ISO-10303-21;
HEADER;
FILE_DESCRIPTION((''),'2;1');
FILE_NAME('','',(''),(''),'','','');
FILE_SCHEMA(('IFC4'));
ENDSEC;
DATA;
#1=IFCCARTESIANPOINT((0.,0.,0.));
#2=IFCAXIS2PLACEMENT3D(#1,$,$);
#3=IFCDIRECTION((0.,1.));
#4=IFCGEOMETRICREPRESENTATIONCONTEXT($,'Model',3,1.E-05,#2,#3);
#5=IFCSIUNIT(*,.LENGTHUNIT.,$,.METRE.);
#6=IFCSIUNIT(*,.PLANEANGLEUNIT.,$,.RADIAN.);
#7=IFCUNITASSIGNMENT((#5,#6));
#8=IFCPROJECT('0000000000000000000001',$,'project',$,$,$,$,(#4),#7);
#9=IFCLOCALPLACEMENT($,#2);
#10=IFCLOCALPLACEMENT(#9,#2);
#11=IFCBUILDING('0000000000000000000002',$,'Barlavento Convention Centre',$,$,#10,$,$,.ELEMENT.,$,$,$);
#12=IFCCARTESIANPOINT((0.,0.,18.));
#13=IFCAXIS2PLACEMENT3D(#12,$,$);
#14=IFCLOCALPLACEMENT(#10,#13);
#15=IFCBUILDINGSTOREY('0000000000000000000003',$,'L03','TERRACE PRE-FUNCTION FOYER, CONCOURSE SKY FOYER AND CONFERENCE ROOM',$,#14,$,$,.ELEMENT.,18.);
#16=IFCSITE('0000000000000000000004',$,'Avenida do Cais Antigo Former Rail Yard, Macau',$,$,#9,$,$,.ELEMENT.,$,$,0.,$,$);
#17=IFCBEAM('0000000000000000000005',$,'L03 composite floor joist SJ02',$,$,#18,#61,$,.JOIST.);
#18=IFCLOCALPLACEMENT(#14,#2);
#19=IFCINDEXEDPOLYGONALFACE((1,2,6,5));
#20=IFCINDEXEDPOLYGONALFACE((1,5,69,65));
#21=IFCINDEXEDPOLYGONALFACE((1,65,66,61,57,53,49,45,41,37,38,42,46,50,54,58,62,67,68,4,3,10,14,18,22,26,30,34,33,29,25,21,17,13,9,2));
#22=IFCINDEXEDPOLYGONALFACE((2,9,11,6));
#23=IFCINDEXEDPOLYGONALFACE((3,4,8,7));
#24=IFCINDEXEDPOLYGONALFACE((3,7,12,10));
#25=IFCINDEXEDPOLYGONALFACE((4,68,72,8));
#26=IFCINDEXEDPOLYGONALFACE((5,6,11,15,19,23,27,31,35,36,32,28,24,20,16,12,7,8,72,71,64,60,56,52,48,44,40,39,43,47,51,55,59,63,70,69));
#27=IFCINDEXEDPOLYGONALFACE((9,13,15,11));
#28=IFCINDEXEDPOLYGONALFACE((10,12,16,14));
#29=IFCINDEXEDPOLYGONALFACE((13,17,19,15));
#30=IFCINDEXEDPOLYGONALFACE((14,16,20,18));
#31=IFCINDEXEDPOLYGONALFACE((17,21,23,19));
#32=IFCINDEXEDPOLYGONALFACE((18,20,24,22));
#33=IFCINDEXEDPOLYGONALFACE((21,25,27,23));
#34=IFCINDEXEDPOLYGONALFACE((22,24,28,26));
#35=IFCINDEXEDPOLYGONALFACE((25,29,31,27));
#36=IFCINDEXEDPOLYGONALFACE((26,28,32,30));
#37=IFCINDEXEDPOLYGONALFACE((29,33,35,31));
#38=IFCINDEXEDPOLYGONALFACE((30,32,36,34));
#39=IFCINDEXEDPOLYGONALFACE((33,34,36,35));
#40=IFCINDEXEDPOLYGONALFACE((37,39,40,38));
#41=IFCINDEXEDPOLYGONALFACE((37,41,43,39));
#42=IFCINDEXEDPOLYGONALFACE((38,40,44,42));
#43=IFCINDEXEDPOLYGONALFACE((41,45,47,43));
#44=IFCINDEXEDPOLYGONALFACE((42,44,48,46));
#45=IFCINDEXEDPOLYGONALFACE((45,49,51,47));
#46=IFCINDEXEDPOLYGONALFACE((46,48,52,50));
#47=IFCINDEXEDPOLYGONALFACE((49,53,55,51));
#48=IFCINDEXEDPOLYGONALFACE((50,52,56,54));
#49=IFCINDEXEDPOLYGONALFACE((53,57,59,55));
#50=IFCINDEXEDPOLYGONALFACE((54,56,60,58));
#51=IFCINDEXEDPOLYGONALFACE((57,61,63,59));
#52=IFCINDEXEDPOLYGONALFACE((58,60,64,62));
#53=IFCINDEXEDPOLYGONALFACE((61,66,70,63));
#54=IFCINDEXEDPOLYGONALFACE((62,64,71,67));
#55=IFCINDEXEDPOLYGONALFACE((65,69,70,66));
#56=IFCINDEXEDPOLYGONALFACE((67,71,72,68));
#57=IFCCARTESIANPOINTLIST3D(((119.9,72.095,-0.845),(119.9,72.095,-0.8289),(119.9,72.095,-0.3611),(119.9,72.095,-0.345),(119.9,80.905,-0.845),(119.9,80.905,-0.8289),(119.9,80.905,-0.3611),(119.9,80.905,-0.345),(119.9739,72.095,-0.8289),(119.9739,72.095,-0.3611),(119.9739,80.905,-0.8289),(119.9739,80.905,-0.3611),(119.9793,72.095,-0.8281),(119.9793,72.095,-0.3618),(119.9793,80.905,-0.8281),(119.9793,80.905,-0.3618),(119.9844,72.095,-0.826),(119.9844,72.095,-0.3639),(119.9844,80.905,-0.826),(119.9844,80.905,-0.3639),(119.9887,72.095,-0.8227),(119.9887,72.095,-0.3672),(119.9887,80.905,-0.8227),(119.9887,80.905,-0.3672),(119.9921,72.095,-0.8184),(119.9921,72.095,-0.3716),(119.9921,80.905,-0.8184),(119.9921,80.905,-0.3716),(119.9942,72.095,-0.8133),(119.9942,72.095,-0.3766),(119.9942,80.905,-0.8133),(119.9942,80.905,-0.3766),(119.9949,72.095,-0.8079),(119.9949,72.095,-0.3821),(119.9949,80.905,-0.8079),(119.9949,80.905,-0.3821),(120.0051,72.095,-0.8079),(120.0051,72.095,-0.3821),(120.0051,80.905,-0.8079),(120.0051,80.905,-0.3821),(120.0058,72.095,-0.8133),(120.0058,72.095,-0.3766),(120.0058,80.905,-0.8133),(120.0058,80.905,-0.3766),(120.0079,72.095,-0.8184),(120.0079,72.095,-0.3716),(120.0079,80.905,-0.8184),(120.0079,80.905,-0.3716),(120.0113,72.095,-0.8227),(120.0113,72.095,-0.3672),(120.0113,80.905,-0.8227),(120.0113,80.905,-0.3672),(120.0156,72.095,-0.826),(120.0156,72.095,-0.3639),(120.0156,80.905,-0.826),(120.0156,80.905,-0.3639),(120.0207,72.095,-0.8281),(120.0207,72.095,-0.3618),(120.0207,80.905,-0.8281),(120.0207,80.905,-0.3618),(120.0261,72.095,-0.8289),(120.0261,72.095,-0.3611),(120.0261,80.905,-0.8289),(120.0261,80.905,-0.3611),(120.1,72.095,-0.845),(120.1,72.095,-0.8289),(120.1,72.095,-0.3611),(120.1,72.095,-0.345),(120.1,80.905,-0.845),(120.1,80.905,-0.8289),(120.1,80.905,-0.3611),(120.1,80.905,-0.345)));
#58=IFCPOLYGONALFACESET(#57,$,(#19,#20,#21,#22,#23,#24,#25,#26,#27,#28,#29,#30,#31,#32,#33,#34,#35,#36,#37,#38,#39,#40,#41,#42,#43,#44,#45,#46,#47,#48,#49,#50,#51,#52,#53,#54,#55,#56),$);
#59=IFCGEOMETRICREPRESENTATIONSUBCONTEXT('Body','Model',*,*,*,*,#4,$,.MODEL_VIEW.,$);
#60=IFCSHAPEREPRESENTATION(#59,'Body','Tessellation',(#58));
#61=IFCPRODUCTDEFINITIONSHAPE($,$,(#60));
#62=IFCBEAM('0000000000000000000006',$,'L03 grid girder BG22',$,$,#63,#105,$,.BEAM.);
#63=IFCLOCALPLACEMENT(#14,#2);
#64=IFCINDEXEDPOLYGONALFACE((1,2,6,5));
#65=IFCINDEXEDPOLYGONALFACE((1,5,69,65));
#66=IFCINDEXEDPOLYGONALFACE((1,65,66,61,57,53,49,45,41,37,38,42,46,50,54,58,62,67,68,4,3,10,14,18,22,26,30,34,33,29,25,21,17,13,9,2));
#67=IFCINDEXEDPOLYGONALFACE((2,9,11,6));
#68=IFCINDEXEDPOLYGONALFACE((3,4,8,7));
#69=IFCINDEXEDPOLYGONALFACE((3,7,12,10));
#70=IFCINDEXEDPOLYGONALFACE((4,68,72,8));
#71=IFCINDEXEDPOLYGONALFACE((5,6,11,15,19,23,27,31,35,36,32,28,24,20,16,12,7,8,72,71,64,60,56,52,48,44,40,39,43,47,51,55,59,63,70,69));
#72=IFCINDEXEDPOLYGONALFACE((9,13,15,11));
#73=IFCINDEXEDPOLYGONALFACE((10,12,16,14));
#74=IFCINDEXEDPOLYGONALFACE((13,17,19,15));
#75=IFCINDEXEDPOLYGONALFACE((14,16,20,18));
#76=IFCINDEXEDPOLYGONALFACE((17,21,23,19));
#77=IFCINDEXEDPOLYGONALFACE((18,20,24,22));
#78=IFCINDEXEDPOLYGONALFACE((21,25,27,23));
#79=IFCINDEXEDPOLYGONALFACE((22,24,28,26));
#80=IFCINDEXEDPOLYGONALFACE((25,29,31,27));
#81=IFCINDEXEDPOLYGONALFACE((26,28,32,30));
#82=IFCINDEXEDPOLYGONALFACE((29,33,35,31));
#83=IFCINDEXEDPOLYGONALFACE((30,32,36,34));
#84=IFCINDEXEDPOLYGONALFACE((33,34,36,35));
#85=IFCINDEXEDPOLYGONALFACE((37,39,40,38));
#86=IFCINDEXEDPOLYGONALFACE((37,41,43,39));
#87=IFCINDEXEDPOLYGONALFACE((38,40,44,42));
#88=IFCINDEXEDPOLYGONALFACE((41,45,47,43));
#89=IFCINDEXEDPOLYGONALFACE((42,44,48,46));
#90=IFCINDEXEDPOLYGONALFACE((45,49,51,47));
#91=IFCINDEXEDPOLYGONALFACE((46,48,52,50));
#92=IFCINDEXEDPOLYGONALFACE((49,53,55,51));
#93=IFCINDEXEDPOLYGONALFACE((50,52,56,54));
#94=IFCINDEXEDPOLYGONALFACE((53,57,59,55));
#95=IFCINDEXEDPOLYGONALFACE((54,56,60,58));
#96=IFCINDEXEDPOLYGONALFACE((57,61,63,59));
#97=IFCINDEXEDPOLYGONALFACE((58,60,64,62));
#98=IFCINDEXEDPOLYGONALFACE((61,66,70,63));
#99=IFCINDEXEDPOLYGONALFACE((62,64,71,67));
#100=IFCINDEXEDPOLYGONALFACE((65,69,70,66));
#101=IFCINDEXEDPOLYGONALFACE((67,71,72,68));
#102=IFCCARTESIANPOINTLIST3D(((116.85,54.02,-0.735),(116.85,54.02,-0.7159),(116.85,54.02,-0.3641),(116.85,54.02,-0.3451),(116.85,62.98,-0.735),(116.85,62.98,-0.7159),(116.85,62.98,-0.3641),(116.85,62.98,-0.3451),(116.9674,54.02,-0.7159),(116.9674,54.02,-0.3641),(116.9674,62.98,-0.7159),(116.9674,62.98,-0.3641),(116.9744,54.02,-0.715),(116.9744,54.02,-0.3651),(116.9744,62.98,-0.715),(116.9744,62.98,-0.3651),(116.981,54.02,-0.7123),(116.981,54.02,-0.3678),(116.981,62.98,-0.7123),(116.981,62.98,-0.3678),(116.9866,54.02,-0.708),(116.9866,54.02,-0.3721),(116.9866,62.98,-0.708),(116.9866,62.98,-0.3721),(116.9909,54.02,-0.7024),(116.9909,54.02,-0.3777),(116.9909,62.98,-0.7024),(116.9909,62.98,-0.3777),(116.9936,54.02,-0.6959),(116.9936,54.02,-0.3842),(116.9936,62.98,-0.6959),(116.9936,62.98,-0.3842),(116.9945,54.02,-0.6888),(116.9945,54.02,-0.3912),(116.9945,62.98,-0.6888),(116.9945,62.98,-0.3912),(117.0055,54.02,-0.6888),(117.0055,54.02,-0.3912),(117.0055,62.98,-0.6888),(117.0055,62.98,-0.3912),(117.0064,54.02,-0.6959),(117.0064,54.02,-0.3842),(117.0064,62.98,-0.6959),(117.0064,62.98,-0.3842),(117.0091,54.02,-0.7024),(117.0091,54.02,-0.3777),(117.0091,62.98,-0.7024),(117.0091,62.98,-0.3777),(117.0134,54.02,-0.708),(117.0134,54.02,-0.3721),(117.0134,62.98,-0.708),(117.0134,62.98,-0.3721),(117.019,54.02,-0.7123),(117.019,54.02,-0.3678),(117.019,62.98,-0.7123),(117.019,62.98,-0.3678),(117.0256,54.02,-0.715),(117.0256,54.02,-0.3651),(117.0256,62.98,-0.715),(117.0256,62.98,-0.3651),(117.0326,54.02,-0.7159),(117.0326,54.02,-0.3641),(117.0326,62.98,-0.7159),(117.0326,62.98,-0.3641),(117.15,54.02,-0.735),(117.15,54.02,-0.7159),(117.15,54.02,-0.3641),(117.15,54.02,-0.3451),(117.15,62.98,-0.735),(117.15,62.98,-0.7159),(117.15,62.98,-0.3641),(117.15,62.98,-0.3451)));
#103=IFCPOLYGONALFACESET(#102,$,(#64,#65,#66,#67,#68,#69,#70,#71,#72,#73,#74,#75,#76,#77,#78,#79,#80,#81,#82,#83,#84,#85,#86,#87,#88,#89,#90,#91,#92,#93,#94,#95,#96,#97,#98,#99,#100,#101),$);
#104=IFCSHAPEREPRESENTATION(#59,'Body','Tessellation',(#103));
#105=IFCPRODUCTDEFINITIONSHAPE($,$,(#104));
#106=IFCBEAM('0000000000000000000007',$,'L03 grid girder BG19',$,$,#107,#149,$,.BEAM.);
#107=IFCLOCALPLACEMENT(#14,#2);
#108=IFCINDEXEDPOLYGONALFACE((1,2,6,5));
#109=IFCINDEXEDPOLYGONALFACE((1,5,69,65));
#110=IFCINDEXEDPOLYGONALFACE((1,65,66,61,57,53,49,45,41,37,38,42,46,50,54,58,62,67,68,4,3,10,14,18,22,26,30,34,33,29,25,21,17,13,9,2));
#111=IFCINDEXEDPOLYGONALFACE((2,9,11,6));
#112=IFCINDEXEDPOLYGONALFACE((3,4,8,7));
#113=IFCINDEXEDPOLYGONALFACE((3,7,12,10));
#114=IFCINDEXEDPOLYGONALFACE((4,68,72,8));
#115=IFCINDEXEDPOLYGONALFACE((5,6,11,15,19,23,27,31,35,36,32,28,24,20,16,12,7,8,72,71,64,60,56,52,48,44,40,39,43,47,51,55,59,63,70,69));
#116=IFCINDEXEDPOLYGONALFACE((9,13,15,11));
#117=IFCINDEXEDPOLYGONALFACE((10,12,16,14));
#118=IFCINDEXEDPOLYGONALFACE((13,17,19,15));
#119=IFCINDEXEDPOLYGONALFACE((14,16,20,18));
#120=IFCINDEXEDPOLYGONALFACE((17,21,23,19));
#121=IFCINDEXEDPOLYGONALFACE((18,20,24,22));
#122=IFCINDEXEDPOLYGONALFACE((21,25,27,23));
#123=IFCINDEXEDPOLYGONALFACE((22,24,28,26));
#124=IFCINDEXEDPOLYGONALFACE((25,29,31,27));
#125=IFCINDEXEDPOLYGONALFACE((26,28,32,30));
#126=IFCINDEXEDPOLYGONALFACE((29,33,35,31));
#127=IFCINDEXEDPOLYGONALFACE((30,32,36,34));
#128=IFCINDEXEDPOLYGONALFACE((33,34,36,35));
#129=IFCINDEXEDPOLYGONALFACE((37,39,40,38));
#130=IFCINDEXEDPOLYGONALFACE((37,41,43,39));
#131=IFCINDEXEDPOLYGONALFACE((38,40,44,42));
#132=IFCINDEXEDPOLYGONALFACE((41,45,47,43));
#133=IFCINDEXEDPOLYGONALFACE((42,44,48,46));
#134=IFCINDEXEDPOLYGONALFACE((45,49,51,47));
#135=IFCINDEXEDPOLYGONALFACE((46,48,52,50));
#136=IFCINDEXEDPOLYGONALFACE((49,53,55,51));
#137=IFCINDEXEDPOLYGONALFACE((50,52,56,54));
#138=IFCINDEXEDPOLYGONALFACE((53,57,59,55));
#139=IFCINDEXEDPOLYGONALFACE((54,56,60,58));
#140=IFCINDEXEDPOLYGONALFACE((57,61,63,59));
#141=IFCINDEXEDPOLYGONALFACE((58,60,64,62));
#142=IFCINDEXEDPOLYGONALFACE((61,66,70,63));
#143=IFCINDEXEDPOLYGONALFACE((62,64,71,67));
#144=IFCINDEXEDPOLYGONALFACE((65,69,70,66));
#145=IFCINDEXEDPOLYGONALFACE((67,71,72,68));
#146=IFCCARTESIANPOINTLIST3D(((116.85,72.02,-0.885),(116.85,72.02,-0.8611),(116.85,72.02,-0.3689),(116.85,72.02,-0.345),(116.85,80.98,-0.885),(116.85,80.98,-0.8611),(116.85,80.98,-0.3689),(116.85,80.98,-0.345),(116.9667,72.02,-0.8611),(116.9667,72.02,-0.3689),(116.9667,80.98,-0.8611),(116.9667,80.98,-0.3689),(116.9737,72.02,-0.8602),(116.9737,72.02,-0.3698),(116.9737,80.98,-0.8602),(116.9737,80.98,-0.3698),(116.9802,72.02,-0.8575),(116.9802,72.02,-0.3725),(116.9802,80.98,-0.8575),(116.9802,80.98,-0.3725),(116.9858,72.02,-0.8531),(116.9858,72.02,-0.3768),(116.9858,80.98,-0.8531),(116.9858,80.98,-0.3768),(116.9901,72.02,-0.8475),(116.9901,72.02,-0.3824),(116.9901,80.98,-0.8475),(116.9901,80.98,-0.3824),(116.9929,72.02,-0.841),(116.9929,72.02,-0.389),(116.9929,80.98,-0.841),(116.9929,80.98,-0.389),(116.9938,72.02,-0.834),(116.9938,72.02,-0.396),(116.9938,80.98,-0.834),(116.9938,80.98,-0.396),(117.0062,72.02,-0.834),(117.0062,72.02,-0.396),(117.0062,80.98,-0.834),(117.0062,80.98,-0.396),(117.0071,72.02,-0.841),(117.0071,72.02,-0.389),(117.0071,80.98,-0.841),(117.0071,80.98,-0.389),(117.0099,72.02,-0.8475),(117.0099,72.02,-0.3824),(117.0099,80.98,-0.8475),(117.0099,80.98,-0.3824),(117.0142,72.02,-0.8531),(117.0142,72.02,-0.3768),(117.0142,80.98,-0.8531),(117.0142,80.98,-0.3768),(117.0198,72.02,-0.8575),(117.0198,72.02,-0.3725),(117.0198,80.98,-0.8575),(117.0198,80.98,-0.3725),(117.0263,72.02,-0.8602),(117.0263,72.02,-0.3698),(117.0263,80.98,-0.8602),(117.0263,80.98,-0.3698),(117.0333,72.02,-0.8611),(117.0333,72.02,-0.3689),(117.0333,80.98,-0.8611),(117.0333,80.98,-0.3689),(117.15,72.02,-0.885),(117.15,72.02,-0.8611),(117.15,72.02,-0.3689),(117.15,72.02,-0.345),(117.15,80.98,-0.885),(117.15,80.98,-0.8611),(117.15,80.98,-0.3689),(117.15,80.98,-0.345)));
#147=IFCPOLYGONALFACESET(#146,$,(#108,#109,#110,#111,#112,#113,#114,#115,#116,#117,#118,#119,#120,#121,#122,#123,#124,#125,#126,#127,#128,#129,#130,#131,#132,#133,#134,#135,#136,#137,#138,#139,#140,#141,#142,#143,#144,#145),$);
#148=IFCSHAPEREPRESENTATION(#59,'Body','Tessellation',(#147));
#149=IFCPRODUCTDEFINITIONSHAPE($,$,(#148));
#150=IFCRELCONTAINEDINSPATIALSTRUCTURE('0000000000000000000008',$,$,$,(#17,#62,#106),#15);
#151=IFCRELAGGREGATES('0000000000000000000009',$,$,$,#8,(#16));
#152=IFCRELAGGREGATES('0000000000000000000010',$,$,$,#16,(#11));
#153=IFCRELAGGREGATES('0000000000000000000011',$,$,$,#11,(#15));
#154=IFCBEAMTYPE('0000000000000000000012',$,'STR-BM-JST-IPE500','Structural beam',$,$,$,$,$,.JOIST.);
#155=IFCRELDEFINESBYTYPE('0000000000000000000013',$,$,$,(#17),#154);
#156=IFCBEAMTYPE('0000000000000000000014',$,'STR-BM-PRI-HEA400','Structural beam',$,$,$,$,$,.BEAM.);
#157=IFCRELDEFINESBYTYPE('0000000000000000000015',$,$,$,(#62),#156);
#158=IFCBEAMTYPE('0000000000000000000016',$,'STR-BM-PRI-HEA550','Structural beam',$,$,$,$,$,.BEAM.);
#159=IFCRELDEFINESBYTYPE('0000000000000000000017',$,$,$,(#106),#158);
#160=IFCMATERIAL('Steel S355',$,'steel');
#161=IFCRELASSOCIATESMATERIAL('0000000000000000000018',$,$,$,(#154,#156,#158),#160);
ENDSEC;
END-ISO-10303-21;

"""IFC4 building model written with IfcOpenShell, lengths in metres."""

from ifc_helpers import new_model, si_unit, direction, frame, origin, origin_2d, place, context, subcontext, project, spatial, i_section, extrude, material, material_profile, profile_set, type_object, element, save


model = new_model("IFC4")

# Units and contexts
model_context = context("Model", 3, precision=1e-05, world=origin(), true_north=direction((0.0, 1.0)))
body_context = subcontext(model_context, "Body", "Model", "MODEL_VIEW")
ifc_project = project(units=[si_unit("LENGTHUNIT", "METRE"), si_unit("PLANEANGLEUNIT", "RADIAN")], contexts=[model_context])

# Site, building, storey
site_placement = place(None, origin())
site = spatial("IfcSite", under=ifc_project, at=site_placement, Name="Avenida do Cais Antigo Former Rail Yard, Macau", CompositionType="ELEMENT", RefElevation=0.0)
building_placement = place(site_placement, origin())
building = spatial("IfcBuilding", under=site, at=building_placement, Name="Barlavento Convention Centre", CompositionType="ELEMENT")
storey_placement = place(building_placement, frame((0.0, 0.0, 18.0)))
storey = spatial("IfcBuildingStorey", under=building, at=storey_placement, Name="L03", Description="TERRACE PRE-FUNCTION FOYER, CONCOURSE SKY FOYER AND CONFERENCE ROOM", CompositionType="ELEMENT", Elevation=18.0)

# Beams
ifc_material_1 = material(Name="Steel S355", Category="steel")
ifc_material_profile_1 = material_profile(ifc_material_1, i_section(OverallWidth=0.2, OverallDepth=0.5, WebThickness=0.0103, FlangeThickness=0.0161, FilletRadius=0.021, at=origin_2d()), Name="IPE 500")
ifc_profile_set_1 = profile_set([ifc_material_profile_1], Name="Steel S355")
beam_type_1 = type_object("IfcBeamType", Name="STR-BM-JST-IPE500", Description="Structural beam", PredefinedType="JOIST", material=ifc_profile_set_1)
beam_1_placement = place(storey_placement, frame((120.0, 72.095, -0.595), z_axis=(0.0, 1.0, 0.0), x_axis=(-1.0, 0.0, 0.0)))
element("IfcBeam", 1, at=beam_1_placement, inside=storey, type_object=beam_type_1, Name="L03 composite floor joist SJ02", PredefinedType="JOIST", context=body_context, shape_type="SweptSolid", body=[
    extrude(i_section(OverallWidth=0.2, OverallDepth=0.5, WebThickness=0.0103, FlangeThickness=0.0161, FilletRadius=0.021, at=origin_2d()), origin(), (0.0, 0.0, 1.0), 8.8101),
])
ifc_material_profile_2 = material_profile(ifc_material_1, i_section(OverallWidth=0.3, OverallDepth=0.3899, WebThickness=0.011, FlangeThickness=0.019, FilletRadius=0.0271, at=origin_2d()), Name="HEA 400")
ifc_profile_set_2 = profile_set([ifc_material_profile_2], Name="Steel S355")
beam_type_2 = type_object("IfcBeamType", Name="STR-BM-PRI-HEA400", Description="Structural beam", PredefinedType="BEAM", material=ifc_profile_set_2)
beam_2_placement = place(storey_placement, frame((117.0, 54.02, -0.54), z_axis=(0.0, 1.0, 0.0), x_axis=(-1.0, 0.0, 0.0)))
element("IfcBeam", 2, at=beam_2_placement, inside=storey, type_object=beam_type_2, Name="L03 grid girder BG22", PredefinedType="BEAM", context=body_context, shape_type="SweptSolid", body=[
    extrude(i_section(OverallWidth=0.3, OverallDepth=0.3899, WebThickness=0.011, FlangeThickness=0.019, FilletRadius=0.0271, at=origin_2d()), origin(), (0.0, 0.0, 1.0), 8.96),
])
ifc_material_profile_3 = material_profile(ifc_material_1, i_section(OverallWidth=0.3, OverallDepth=0.54, WebThickness=0.0125, FlangeThickness=0.0239, FilletRadius=0.0271, at=origin_2d()), Name="HEA 550")
ifc_profile_set_3 = profile_set([ifc_material_profile_3], Name="Steel S355")
beam_type_3 = type_object("IfcBeamType", Name="STR-BM-PRI-HEA550", Description="Structural beam", PredefinedType="BEAM", material=ifc_profile_set_3)
beam_3_placement = place(storey_placement, frame((117.0, 72.02, -0.615), z_axis=(0.0, 1.0, 0.0), x_axis=(-1.0, 0.0, 0.0)))
element("IfcBeam", 3, at=beam_3_placement, inside=storey, type_object=beam_type_3, Name="L03 grid girder BG19", PredefinedType="BEAM", context=body_context, shape_type="SweptSolid", body=[
    extrude(i_section(OverallWidth=0.3, OverallDepth=0.54, WebThickness=0.0125, FlangeThickness=0.0239, FilletRadius=0.0271, at=origin_2d()), origin(), (0.0, 0.0, 1.0), 8.96),
])

save(model, "model.ifc")
